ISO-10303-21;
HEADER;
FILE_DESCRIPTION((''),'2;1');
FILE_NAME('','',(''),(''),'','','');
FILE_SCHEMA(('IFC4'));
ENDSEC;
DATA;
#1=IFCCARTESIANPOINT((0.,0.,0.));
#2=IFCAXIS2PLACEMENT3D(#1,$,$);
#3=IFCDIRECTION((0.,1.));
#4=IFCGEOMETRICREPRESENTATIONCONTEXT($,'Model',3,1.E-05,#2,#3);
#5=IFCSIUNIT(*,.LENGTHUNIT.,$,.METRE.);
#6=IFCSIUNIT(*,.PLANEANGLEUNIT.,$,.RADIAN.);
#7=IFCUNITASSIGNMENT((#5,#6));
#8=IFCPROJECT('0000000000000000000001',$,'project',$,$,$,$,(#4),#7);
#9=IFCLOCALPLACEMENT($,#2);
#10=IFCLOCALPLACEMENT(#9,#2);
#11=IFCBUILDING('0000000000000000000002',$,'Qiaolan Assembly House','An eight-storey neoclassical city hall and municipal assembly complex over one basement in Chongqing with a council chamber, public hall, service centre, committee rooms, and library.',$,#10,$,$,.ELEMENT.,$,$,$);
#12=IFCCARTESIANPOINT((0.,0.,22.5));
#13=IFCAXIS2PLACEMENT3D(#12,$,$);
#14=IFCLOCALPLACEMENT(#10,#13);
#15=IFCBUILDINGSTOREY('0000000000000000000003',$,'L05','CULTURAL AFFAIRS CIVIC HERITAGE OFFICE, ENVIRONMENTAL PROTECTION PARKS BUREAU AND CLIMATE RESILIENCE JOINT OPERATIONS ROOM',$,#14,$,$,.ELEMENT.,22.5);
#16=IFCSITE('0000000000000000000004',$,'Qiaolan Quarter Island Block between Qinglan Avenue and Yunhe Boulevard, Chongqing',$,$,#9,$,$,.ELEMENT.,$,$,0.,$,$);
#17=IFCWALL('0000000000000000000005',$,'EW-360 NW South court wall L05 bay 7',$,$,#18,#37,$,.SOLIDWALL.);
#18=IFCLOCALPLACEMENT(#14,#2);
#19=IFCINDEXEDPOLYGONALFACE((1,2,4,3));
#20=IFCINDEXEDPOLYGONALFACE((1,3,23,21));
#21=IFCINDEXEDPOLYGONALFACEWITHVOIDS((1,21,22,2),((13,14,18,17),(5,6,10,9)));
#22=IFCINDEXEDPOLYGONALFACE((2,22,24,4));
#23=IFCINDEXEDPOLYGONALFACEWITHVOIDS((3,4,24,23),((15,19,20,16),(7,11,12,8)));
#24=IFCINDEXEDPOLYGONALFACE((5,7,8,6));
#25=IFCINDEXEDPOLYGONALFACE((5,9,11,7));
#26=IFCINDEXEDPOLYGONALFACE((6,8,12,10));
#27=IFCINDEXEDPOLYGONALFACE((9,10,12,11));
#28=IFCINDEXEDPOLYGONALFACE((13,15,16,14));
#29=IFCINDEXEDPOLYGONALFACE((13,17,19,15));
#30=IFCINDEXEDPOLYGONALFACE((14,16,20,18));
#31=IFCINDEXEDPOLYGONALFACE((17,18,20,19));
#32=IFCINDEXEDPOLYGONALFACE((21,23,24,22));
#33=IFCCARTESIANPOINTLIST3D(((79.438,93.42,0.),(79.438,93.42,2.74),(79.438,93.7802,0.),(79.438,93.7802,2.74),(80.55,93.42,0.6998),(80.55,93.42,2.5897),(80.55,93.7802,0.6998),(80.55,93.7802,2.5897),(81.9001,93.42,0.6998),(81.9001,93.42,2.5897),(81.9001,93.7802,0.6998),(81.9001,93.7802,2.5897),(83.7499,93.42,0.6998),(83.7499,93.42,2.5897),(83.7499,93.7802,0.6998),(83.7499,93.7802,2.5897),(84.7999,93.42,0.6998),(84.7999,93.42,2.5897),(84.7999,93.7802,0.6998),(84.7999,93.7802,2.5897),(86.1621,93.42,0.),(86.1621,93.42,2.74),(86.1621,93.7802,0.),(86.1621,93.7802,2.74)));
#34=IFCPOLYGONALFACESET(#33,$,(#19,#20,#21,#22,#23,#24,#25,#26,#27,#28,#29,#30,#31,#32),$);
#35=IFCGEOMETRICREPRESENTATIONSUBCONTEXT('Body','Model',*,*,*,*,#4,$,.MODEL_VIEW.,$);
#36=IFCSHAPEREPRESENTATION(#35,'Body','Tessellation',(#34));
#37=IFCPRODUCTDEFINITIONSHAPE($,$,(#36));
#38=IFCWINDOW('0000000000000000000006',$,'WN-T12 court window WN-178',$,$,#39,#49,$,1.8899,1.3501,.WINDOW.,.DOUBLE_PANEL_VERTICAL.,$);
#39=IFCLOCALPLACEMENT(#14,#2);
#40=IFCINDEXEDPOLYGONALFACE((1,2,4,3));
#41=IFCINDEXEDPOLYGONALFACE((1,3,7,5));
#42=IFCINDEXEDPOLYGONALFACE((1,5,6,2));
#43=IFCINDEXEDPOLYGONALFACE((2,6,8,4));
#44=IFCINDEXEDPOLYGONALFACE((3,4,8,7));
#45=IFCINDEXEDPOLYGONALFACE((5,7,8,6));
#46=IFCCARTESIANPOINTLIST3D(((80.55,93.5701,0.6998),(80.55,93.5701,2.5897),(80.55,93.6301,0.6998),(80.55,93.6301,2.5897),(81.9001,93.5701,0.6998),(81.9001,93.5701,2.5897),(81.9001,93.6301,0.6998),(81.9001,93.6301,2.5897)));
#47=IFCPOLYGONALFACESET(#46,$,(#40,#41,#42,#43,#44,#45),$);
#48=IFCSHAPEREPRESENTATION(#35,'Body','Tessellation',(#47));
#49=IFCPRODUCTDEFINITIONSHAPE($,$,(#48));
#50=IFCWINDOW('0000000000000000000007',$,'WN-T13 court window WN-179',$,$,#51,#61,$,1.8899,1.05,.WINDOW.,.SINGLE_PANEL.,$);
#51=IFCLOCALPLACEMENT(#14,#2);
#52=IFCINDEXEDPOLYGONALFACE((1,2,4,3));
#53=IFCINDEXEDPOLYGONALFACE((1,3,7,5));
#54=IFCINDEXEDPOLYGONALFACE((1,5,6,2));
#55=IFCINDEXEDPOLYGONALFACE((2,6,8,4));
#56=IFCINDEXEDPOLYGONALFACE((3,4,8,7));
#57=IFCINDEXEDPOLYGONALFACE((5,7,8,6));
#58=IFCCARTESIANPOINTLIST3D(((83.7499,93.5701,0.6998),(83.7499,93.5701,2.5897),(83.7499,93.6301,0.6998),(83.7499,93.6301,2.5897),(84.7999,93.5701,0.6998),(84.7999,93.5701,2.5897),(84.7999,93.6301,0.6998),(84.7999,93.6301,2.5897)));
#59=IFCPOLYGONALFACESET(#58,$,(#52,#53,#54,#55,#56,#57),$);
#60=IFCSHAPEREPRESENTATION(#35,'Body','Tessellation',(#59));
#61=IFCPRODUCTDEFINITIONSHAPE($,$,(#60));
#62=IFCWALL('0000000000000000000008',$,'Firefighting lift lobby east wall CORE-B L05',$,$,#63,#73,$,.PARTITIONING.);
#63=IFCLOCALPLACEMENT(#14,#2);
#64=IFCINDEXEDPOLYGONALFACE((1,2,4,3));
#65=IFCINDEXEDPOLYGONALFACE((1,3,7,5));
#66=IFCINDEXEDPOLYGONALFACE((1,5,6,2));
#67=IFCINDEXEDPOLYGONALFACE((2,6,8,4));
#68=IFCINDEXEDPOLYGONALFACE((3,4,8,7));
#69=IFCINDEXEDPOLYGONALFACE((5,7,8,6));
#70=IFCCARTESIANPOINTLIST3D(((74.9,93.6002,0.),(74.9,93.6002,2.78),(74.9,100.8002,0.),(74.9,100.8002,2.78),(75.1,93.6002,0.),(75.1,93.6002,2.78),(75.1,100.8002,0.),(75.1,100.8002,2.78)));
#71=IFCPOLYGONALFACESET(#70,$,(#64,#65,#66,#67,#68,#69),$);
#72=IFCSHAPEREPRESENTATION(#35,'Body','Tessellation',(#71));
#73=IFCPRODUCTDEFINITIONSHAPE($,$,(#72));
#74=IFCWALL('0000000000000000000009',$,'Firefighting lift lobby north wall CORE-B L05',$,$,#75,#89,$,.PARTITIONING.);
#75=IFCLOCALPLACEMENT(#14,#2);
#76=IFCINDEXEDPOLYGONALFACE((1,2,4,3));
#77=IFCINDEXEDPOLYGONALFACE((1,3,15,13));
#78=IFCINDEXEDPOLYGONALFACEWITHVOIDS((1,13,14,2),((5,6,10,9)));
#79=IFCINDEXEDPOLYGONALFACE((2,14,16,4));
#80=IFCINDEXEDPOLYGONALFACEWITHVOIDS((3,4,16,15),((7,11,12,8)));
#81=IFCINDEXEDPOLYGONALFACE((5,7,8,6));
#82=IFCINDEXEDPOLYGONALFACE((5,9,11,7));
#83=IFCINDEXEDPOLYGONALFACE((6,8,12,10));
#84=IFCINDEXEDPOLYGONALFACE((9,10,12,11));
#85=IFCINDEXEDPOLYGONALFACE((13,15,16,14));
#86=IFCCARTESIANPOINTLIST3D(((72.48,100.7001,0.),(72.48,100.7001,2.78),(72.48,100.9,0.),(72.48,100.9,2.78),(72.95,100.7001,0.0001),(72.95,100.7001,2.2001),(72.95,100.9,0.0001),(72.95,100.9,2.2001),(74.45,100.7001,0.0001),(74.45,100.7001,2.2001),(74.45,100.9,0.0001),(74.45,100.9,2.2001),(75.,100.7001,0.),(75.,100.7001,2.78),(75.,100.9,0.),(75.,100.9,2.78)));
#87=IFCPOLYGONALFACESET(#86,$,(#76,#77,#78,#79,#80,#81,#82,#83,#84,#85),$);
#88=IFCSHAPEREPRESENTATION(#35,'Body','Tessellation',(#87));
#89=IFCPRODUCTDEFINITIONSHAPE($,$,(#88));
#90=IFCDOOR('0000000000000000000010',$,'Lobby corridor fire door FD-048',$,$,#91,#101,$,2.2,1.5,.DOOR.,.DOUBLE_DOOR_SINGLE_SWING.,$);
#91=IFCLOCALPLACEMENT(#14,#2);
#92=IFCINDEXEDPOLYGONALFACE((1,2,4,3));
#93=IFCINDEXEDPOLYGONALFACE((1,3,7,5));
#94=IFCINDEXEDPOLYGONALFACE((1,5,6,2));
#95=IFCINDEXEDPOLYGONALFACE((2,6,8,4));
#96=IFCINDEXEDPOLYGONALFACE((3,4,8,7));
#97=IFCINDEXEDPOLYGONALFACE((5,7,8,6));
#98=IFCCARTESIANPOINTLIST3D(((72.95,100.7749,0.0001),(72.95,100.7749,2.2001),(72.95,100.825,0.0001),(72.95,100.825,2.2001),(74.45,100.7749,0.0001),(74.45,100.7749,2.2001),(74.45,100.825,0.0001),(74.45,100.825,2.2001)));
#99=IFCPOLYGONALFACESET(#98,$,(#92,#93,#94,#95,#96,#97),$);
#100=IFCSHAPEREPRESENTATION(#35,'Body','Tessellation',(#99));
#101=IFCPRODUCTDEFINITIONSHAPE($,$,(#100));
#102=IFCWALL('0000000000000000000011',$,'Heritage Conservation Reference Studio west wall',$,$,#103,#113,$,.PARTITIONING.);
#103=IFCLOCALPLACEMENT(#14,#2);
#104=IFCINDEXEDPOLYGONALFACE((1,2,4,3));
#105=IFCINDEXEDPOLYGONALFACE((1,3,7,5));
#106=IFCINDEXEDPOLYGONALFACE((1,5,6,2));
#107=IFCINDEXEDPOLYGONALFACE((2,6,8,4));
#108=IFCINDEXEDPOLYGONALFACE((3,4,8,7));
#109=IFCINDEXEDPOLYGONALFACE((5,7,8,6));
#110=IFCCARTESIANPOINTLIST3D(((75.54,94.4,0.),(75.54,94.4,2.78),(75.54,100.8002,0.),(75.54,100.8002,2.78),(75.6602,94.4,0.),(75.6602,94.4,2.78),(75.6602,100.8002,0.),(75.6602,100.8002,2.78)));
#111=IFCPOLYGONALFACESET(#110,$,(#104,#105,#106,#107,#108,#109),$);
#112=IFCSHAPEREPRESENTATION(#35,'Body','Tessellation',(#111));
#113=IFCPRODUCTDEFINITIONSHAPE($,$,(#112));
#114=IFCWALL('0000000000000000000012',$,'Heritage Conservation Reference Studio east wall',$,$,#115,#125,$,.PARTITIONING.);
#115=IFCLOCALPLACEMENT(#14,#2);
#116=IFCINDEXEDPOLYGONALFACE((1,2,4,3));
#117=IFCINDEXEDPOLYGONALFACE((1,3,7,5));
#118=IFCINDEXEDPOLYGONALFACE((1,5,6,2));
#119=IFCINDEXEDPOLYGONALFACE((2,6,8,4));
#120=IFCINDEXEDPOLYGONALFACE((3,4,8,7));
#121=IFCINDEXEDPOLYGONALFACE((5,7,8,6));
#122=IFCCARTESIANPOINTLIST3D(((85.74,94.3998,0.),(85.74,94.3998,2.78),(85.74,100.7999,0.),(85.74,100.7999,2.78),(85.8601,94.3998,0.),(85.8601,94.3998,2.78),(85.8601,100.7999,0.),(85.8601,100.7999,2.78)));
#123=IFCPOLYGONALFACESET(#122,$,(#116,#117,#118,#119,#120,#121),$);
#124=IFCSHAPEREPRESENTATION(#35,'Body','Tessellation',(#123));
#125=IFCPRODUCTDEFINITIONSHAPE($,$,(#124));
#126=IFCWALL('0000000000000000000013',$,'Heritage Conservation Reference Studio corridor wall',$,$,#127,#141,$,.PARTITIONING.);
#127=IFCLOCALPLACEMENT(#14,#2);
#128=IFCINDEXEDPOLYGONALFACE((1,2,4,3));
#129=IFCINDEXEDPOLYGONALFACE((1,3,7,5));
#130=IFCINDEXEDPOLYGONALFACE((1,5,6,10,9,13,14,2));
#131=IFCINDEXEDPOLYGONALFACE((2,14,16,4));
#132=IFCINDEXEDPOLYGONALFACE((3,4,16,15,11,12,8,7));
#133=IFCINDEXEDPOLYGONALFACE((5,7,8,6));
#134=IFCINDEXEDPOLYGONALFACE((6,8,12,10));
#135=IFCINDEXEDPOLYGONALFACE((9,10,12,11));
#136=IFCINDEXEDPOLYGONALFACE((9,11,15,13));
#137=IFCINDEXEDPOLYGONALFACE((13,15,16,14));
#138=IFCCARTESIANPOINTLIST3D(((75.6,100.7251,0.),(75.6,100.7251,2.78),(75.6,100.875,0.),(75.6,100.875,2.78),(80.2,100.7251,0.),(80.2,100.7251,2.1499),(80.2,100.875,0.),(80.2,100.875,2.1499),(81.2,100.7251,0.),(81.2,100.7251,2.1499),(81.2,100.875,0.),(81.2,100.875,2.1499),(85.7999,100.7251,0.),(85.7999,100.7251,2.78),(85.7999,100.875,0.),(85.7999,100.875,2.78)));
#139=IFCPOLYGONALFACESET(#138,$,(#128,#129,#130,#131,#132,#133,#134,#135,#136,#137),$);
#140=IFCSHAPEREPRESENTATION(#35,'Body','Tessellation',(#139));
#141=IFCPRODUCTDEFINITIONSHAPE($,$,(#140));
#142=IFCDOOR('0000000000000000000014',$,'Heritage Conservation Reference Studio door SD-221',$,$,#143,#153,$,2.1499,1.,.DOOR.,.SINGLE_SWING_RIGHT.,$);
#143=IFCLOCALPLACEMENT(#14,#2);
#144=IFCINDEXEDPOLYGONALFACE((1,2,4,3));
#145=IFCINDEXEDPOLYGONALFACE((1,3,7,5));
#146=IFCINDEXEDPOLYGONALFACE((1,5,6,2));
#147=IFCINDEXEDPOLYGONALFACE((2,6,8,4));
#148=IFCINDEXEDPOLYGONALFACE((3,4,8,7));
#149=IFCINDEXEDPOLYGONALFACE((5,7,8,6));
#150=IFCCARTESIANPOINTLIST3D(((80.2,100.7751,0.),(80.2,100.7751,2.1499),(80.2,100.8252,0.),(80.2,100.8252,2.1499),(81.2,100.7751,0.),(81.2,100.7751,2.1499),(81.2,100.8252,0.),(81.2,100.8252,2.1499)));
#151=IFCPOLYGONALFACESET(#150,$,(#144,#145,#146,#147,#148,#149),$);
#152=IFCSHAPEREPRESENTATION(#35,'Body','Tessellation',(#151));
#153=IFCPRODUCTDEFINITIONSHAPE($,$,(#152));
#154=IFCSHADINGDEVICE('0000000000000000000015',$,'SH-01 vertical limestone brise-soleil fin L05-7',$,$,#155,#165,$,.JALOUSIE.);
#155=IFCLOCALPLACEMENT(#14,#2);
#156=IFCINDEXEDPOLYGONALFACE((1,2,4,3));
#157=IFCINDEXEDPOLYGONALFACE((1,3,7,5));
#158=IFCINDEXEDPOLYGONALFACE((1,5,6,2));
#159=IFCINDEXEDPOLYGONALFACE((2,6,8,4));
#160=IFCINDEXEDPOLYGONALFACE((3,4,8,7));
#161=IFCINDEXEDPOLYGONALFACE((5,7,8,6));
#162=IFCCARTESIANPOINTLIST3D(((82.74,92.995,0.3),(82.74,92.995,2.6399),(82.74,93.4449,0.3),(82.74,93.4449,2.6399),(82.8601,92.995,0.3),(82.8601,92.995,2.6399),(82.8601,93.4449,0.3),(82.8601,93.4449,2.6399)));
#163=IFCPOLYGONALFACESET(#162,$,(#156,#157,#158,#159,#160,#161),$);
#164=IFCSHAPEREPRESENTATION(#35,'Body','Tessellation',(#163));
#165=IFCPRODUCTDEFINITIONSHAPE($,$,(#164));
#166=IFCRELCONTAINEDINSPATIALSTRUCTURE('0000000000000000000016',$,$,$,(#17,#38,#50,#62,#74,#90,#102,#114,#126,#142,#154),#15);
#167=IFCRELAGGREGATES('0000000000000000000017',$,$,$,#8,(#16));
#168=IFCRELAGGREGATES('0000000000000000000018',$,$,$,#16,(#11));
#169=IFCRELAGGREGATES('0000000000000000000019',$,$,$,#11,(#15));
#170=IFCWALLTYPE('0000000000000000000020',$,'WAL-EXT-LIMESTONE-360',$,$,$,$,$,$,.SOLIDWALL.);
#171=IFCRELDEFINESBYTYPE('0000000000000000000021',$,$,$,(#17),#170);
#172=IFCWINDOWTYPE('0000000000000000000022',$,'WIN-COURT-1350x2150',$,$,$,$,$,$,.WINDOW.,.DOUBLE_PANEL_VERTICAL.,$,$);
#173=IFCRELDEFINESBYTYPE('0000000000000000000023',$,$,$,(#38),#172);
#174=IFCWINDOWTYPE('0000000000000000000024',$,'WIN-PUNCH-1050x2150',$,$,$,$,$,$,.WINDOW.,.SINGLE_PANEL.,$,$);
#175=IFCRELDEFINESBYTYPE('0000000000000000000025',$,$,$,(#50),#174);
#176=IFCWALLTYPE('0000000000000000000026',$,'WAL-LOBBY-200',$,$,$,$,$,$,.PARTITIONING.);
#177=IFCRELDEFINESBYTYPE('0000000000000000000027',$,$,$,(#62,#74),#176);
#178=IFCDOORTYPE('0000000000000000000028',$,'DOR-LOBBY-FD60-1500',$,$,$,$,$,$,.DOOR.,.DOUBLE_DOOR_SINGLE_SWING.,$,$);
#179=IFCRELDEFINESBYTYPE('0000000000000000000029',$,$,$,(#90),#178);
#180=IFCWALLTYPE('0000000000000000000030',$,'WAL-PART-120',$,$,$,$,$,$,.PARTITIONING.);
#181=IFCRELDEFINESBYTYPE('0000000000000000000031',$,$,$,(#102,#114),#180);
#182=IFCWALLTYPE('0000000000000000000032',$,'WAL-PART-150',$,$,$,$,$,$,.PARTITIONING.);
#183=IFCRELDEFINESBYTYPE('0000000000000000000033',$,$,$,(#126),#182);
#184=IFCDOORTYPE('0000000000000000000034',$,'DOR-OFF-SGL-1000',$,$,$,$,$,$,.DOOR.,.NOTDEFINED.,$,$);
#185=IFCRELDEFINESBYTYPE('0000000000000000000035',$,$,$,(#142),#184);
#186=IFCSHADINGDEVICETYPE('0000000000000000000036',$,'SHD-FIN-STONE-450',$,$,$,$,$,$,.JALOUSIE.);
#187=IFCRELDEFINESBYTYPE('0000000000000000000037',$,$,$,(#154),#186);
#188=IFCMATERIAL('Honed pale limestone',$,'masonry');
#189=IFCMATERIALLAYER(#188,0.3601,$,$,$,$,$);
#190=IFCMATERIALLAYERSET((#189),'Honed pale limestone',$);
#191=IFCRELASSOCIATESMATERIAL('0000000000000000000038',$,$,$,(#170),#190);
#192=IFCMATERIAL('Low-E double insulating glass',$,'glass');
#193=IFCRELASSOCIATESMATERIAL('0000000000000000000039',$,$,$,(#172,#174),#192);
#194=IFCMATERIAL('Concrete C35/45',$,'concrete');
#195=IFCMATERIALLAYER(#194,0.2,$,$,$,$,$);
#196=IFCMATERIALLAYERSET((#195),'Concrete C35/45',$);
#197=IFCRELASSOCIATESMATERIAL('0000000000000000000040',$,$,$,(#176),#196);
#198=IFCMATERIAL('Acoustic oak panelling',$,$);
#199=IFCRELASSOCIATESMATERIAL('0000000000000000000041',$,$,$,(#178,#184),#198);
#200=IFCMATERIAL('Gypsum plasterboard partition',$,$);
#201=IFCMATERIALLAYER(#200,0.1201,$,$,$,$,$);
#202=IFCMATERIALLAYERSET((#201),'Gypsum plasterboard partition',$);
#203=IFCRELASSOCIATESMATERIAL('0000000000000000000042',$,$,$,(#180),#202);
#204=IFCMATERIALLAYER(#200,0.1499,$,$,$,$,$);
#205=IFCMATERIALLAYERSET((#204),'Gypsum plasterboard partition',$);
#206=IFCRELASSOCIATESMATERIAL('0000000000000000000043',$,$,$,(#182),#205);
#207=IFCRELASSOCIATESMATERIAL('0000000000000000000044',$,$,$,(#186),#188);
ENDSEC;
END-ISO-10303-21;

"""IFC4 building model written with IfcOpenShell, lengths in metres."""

from ifc_helpers import new_model, si_unit, direction, frame, frame_2d, origin, origin_2d, place, context, subcontext, project, spatial, rectangle, extrude, material, layer, layer_set, material_profile, profile_set, type_object, element, fill, save


model = new_model("IFC4")

# Units and contexts
model_context = context("Model", 3, precision=1e-05, world=origin(), true_north=direction((0.0, 1.0)))
body_context = subcontext(model_context, "Body", "Model", "MODEL_VIEW")
ifc_project = project(units=[si_unit("LENGTHUNIT", "METRE"), si_unit("PLANEANGLEUNIT", "RADIAN")], contexts=[model_context])

# Site, building, storey
site_placement = place(None, origin())
site = spatial("IfcSite", under=ifc_project, at=site_placement, Name="Qiaolan Quarter Island Block between Qinglan Avenue and Yunhe Boulevard, Chongqing", CompositionType="ELEMENT", RefElevation=0.0)
building_placement = place(site_placement, origin())
building = spatial("IfcBuilding", under=site, at=building_placement, Name="Qiaolan Assembly House", Description="An eight-storey neoclassical city hall and municipal assembly complex over one basement in Chongqing with a council chamber, public hall, service centre, committee rooms, and library.", CompositionType="ELEMENT")
storey_placement = place(building_placement, frame((0.0, 0.0, 22.5)))
storey = spatial("IfcBuildingStorey", under=building, at=storey_placement, Name="L05", Description="CULTURAL AFFAIRS CIVIC HERITAGE OFFICE, ENVIRONMENTAL PROTECTION PARKS BUREAU AND CLIMATE RESILIENCE JOINT OPERATIONS ROOM", CompositionType="ELEMENT", Elevation=22.5)

# Wall, openings, windows
ifc_material_1 = material(Name="Honed pale limestone", Category="masonry")
ifc_layer_1 = layer(ifc_material_1, 0.3601)
ifc_layer_set_1 = layer_set([ifc_layer_1], Name="Honed pale limestone")
wall_type_1 = type_object("IfcWallType", Name="WAL-EXT-LIMESTONE-360", PredefinedType="SOLIDWALL", material=ifc_layer_set_1)
wall_1_placement = place(storey_placement, frame((79.438, 93.6001, 0.0), z_axis=(0.0, 0.0, 1.0), x_axis=(1.0, 0.0, 0.0)))
wall_1 = element("IfcWall", 1, at=wall_1_placement, inside=storey, type_object=wall_type_1, Name="EW-360 NW South court wall L05 bay 7", PredefinedType="SOLIDWALL", context=body_context, shape_type="SweptSolid", body=[
    extrude(rectangle(XDim=6.7241, YDim=0.3601, at=frame_2d((3.3621, 0.0))), origin(), (0.0, 0.0, 1.0), 2.74),
])
opening_1_placement = place(wall_1_placement, frame((1.1121, 0.0, 0.7)))
opening_1 = element("IfcOpeningElement", 2, at=opening_1_placement, cuts=wall_1, PredefinedType="OPENING", context=body_context, shape_type="SweptSolid", body=[
    extrude(rectangle(XDim=1.3501, YDim=1.8899, at=frame_2d((0.675, 0.9448))), frame((0.0, 0.1899, 0.0), z_axis=(0.0, -1.0, 0.0), x_axis=(1.0, 0.0, 0.0)), (0.0, 0.0, 1.0), 0.3801),
])
opening_2_placement = place(wall_1_placement, frame((4.312, 0.0, 0.7)))
opening_2 = element("IfcOpeningElement", 3, at=opening_2_placement, cuts=wall_1, PredefinedType="OPENING", context=body_context, shape_type="SweptSolid", body=[
    extrude(rectangle(XDim=1.05, YDim=1.8899, at=frame_2d((0.5249, 0.9448))), frame((0.0, 0.1899, 0.0), z_axis=(0.0, -1.0, 0.0), x_axis=(1.0, 0.0, 0.0)), (0.0, 0.0, 1.0), 0.3801),
])
ifc_material_2 = material(Name="Low-E double insulating glass", Category="glass")
window_type_1 = type_object("IfcWindowType", Name="WIN-COURT-1350x2150", PartitioningType="DOUBLE_PANEL_VERTICAL", PredefinedType="WINDOW", material=ifc_material_2)
window_1_placement = place(opening_1_placement, origin())
window_1 = element("IfcWindow", 4, at=window_1_placement, inside=storey, type_object=window_type_1, Name="WN-T12 court window WN-178", OverallHeight=1.8899, OverallWidth=1.3501, PartitioningType="DOUBLE_PANEL_VERTICAL", PredefinedType="WINDOW", context=body_context, shape_type="SweptSolid", body=[
    extrude(rectangle(XDim=1.3501, YDim=1.8899, at=frame_2d((0.675, 0.9448))), frame((0.0, 0.03, 0.0), z_axis=(0.0, -1.0, 0.0), x_axis=(1.0, 0.0, 0.0)), (0.0, 0.0, 1.0), 0.0601),
])
fill(opening_1, window_1)
window_type_2 = type_object("IfcWindowType", Name="WIN-PUNCH-1050x2150", PartitioningType="SINGLE_PANEL", PredefinedType="WINDOW", material=ifc_material_2)
window_2_placement = place(opening_2_placement, origin())
window_2 = element("IfcWindow", 5, at=window_2_placement, inside=storey, type_object=window_type_2, Name="WN-T13 court window WN-179", OverallHeight=1.8899, OverallWidth=1.05, PartitioningType="SINGLE_PANEL", PredefinedType="WINDOW", context=body_context, shape_type="SweptSolid", body=[
    extrude(rectangle(XDim=1.05, YDim=1.8899, at=frame_2d((0.5249, 0.9448))), frame((0.0, 0.03, 0.0), z_axis=(0.0, -1.0, 0.0), x_axis=(1.0, 0.0, 0.0)), (0.0, 0.0, 1.0), 0.0601),
])
fill(opening_2, window_2)

# Wall
ifc_material_3 = material(Name="Concrete C35/45", Category="concrete")
ifc_layer_2 = layer(ifc_material_3, 0.2)
ifc_layer_set_2 = layer_set([ifc_layer_2], Name="Concrete C35/45")
wall_type_2 = type_object("IfcWallType", Name="WAL-LOBBY-200", PredefinedType="PARTITIONING", material=ifc_layer_set_2)
wall_2_placement = place(storey_placement, frame((75.0, 93.6001, 0.0), z_axis=(0.0, 0.0, 1.0), x_axis=(0.0, 1.0, 0.0)))
element("IfcWall", 6, at=wall_2_placement, inside=storey, type_object=wall_type_2, Name="Firefighting lift lobby east wall CORE-B L05", PredefinedType="PARTITIONING", context=body_context, shape_type="SweptSolid", body=[
    extrude(rectangle(XDim=7.2, YDim=0.2, at=frame_2d((3.6001, 0.0))), origin(), (0.0, 0.0, 1.0), 2.78),
])

# Wall, opening, door
wall_3_placement = place(storey_placement, frame((75.0, 100.8, 0.0), z_axis=(0.0, 0.0, 1.0), x_axis=(-1.0, 0.0, 0.0)))
wall_3 = element("IfcWall", 7, at=wall_3_placement, inside=storey, type_object=wall_type_2, Name="Firefighting lift lobby north wall CORE-B L05", PredefinedType="PARTITIONING", context=body_context, shape_type="SweptSolid", body=[
    extrude(rectangle(XDim=2.52, YDim=0.2, at=frame_2d((1.26, 0.0))), origin(), (0.0, 0.0, 1.0), 2.78),
])
opening_3_placement = place(wall_3_placement, frame((0.55, 0.0, 0.0)))
opening_3 = element("IfcOpeningElement", 8, at=opening_3_placement, cuts=wall_3, PredefinedType="OPENING", context=body_context, shape_type="SweptSolid", body=[
    extrude(rectangle(XDim=1.5, YDim=2.2, at=frame_2d((0.75, 1.1001))), frame((0.0, 0.1099, 0.0), z_axis=(0.0, -1.0, 0.0), x_axis=(1.0, 0.0, 0.0)), (0.0, 0.0, 1.0), 0.22),
])
ifc_material_4 = material(Name="Acoustic oak panelling")
door_type_1 = type_object("IfcDoorType", Name="DOR-LOBBY-FD60-1500", OperationType="DOUBLE_DOOR_SINGLE_SWING", PredefinedType="DOOR", material=ifc_material_4)
door_1_placement = place(opening_3_placement, frame((1.5, 0.0, 0.0), z_axis=(0.0, 0.0, 1.0), x_axis=(-1.0, 0.0, 0.0)))
door_1 = element("IfcDoor", 9, at=door_1_placement, inside=storey, type_object=door_type_1, Name="Lobby corridor fire door FD-048", OperationType="DOUBLE_DOOR_SINGLE_SWING", OverallHeight=2.2, OverallWidth=1.5, PredefinedType="DOOR", context=body_context, shape_type="SweptSolid", body=[
    extrude(rectangle(XDim=1.5, YDim=2.2, at=frame_2d((0.75, 1.1001))), frame((0.0, 0.0249, 0.0), z_axis=(0.0, -1.0, 0.0), x_axis=(1.0, 0.0, 0.0)), (0.0, 0.0, 1.0), 0.05),
])
fill(opening_3, door_1)

# Walls
ifc_material_5 = material(Name="Gypsum plasterboard partition")
ifc_layer_3 = layer(ifc_material_5, 0.1201)
ifc_layer_set_3 = layer_set([ifc_layer_3], Name="Gypsum plasterboard partition")
wall_type_3 = type_object("IfcWallType", Name="WAL-PART-120", PredefinedType="PARTITIONING", material=ifc_layer_set_3)
for number, where, z_axis, x_axis, name in (
    (10, (75.6001, 94.3999, 0.0), (0.0, 0.0, 1.0), (0.0, 1.0, 0.0), "Heritage Conservation Reference Studio west wall"),
    (11, (85.8, 100.8, 0.0), (0.0, 0.0, 1.0), (0.0, -1.0, 0.0), "Heritage Conservation Reference Studio east wall"),
):
    element("IfcWall", number, at=place(storey_placement, frame(where, z_axis=z_axis, x_axis=x_axis)), inside=storey, type_object=wall_type_3, Name=name, PredefinedType="PARTITIONING", context=body_context, shape_type="SweptSolid", body=[
        extrude(rectangle(XDim=6.4001, YDim=0.1201, at=frame_2d((3.2002, 0.0))), origin(), (0.0, 0.0, 1.0), 2.78),
    ])

# Wall, opening, door
ifc_layer_4 = layer(ifc_material_5, 0.1499)
ifc_layer_set_4 = layer_set([ifc_layer_4], Name="Gypsum plasterboard partition")
wall_type_4 = type_object("IfcWallType", Name="WAL-PART-150", PredefinedType="PARTITIONING", material=ifc_layer_set_4)
wall_4_placement = place(storey_placement, frame((85.8, 100.8, 0.0), z_axis=(0.0, 0.0, 1.0), x_axis=(-1.0, 0.0, 0.0)))
wall_4 = element("IfcWall", 12, at=wall_4_placement, inside=storey, type_object=wall_type_4, Name="Heritage Conservation Reference Studio corridor wall", PredefinedType="PARTITIONING", context=body_context, shape_type="SweptSolid", body=[
    extrude(rectangle(XDim=10.2, YDim=0.1499, at=frame_2d((5.1001, 0.0))), origin(), (0.0, 0.0, 1.0), 2.78),
])
opening_4_placement = place(wall_4_placement, frame((4.6001, 0.0, 0.0)))
opening_4 = element("IfcOpeningElement", 13, at=opening_4_placement, cuts=wall_4, PredefinedType="OPENING", context=body_context, shape_type="SweptSolid", body=[
    extrude(rectangle(XDim=1.0, YDim=2.1499, at=frame_2d((0.5, 1.075))), frame((0.0, 0.085, 0.0), z_axis=(0.0, -1.0, 0.0), x_axis=(1.0, 0.0, 0.0)), (0.0, 0.0, 1.0), 0.1699),
])
door_type_2 = type_object("IfcDoorType", Name="DOR-OFF-SGL-1000", OperationType="NOTDEFINED", PredefinedType="DOOR", material=ifc_material_4)
door_2_placement = place(opening_4_placement, origin())
door_2 = element("IfcDoor", 14, at=door_2_placement, inside=storey, type_object=door_type_2, Name="Heritage Conservation Reference Studio door SD-221", OperationType="SINGLE_SWING_RIGHT", OverallHeight=2.1499, OverallWidth=1.0, PredefinedType="DOOR", context=body_context, shape_type="SweptSolid", body=[
    extrude(rectangle(XDim=1.0, YDim=2.1499, at=frame_2d((0.5, 1.075))), frame((0.0, 0.0249, 0.0), z_axis=(0.0, -1.0, 0.0), x_axis=(1.0, 0.0, 0.0)), (0.0, 0.0, 1.0), 0.05),
])
fill(opening_4, door_2)

# Shading device
ifc_material_profile_1 = material_profile(ifc_material_1, rectangle(XDim=0.1201, YDim=0.45, at=origin_2d()), Name="FIN 120x450")
ifc_profile_set_1 = profile_set([ifc_material_profile_1], Name="Honed pale limestone")
shading_device_type = type_object("IfcShadingDeviceType", Name="SHD-FIN-STONE-450", PredefinedType="JALOUSIE", material=ifc_profile_set_1)
shading_device_placement = place(storey_placement, frame((82.8, 93.22, 0.3), z_axis=(0.0, 0.0, 1.0), x_axis=(1.0, 0.0, 0.0)))
element("IfcShadingDevice", 15, at=shading_device_placement, inside=storey, type_object=shading_device_type, Name="SH-01 vertical limestone brise-soleil fin L05-7", PredefinedType="JALOUSIE", context=body_context, shape_type="SweptSolid", body=[
    extrude(rectangle(XDim=0.1201, YDim=0.45, at=origin_2d()), origin(), (0.0, 0.0, 1.0), 2.3398),
])

save(model, "model.ifc")
